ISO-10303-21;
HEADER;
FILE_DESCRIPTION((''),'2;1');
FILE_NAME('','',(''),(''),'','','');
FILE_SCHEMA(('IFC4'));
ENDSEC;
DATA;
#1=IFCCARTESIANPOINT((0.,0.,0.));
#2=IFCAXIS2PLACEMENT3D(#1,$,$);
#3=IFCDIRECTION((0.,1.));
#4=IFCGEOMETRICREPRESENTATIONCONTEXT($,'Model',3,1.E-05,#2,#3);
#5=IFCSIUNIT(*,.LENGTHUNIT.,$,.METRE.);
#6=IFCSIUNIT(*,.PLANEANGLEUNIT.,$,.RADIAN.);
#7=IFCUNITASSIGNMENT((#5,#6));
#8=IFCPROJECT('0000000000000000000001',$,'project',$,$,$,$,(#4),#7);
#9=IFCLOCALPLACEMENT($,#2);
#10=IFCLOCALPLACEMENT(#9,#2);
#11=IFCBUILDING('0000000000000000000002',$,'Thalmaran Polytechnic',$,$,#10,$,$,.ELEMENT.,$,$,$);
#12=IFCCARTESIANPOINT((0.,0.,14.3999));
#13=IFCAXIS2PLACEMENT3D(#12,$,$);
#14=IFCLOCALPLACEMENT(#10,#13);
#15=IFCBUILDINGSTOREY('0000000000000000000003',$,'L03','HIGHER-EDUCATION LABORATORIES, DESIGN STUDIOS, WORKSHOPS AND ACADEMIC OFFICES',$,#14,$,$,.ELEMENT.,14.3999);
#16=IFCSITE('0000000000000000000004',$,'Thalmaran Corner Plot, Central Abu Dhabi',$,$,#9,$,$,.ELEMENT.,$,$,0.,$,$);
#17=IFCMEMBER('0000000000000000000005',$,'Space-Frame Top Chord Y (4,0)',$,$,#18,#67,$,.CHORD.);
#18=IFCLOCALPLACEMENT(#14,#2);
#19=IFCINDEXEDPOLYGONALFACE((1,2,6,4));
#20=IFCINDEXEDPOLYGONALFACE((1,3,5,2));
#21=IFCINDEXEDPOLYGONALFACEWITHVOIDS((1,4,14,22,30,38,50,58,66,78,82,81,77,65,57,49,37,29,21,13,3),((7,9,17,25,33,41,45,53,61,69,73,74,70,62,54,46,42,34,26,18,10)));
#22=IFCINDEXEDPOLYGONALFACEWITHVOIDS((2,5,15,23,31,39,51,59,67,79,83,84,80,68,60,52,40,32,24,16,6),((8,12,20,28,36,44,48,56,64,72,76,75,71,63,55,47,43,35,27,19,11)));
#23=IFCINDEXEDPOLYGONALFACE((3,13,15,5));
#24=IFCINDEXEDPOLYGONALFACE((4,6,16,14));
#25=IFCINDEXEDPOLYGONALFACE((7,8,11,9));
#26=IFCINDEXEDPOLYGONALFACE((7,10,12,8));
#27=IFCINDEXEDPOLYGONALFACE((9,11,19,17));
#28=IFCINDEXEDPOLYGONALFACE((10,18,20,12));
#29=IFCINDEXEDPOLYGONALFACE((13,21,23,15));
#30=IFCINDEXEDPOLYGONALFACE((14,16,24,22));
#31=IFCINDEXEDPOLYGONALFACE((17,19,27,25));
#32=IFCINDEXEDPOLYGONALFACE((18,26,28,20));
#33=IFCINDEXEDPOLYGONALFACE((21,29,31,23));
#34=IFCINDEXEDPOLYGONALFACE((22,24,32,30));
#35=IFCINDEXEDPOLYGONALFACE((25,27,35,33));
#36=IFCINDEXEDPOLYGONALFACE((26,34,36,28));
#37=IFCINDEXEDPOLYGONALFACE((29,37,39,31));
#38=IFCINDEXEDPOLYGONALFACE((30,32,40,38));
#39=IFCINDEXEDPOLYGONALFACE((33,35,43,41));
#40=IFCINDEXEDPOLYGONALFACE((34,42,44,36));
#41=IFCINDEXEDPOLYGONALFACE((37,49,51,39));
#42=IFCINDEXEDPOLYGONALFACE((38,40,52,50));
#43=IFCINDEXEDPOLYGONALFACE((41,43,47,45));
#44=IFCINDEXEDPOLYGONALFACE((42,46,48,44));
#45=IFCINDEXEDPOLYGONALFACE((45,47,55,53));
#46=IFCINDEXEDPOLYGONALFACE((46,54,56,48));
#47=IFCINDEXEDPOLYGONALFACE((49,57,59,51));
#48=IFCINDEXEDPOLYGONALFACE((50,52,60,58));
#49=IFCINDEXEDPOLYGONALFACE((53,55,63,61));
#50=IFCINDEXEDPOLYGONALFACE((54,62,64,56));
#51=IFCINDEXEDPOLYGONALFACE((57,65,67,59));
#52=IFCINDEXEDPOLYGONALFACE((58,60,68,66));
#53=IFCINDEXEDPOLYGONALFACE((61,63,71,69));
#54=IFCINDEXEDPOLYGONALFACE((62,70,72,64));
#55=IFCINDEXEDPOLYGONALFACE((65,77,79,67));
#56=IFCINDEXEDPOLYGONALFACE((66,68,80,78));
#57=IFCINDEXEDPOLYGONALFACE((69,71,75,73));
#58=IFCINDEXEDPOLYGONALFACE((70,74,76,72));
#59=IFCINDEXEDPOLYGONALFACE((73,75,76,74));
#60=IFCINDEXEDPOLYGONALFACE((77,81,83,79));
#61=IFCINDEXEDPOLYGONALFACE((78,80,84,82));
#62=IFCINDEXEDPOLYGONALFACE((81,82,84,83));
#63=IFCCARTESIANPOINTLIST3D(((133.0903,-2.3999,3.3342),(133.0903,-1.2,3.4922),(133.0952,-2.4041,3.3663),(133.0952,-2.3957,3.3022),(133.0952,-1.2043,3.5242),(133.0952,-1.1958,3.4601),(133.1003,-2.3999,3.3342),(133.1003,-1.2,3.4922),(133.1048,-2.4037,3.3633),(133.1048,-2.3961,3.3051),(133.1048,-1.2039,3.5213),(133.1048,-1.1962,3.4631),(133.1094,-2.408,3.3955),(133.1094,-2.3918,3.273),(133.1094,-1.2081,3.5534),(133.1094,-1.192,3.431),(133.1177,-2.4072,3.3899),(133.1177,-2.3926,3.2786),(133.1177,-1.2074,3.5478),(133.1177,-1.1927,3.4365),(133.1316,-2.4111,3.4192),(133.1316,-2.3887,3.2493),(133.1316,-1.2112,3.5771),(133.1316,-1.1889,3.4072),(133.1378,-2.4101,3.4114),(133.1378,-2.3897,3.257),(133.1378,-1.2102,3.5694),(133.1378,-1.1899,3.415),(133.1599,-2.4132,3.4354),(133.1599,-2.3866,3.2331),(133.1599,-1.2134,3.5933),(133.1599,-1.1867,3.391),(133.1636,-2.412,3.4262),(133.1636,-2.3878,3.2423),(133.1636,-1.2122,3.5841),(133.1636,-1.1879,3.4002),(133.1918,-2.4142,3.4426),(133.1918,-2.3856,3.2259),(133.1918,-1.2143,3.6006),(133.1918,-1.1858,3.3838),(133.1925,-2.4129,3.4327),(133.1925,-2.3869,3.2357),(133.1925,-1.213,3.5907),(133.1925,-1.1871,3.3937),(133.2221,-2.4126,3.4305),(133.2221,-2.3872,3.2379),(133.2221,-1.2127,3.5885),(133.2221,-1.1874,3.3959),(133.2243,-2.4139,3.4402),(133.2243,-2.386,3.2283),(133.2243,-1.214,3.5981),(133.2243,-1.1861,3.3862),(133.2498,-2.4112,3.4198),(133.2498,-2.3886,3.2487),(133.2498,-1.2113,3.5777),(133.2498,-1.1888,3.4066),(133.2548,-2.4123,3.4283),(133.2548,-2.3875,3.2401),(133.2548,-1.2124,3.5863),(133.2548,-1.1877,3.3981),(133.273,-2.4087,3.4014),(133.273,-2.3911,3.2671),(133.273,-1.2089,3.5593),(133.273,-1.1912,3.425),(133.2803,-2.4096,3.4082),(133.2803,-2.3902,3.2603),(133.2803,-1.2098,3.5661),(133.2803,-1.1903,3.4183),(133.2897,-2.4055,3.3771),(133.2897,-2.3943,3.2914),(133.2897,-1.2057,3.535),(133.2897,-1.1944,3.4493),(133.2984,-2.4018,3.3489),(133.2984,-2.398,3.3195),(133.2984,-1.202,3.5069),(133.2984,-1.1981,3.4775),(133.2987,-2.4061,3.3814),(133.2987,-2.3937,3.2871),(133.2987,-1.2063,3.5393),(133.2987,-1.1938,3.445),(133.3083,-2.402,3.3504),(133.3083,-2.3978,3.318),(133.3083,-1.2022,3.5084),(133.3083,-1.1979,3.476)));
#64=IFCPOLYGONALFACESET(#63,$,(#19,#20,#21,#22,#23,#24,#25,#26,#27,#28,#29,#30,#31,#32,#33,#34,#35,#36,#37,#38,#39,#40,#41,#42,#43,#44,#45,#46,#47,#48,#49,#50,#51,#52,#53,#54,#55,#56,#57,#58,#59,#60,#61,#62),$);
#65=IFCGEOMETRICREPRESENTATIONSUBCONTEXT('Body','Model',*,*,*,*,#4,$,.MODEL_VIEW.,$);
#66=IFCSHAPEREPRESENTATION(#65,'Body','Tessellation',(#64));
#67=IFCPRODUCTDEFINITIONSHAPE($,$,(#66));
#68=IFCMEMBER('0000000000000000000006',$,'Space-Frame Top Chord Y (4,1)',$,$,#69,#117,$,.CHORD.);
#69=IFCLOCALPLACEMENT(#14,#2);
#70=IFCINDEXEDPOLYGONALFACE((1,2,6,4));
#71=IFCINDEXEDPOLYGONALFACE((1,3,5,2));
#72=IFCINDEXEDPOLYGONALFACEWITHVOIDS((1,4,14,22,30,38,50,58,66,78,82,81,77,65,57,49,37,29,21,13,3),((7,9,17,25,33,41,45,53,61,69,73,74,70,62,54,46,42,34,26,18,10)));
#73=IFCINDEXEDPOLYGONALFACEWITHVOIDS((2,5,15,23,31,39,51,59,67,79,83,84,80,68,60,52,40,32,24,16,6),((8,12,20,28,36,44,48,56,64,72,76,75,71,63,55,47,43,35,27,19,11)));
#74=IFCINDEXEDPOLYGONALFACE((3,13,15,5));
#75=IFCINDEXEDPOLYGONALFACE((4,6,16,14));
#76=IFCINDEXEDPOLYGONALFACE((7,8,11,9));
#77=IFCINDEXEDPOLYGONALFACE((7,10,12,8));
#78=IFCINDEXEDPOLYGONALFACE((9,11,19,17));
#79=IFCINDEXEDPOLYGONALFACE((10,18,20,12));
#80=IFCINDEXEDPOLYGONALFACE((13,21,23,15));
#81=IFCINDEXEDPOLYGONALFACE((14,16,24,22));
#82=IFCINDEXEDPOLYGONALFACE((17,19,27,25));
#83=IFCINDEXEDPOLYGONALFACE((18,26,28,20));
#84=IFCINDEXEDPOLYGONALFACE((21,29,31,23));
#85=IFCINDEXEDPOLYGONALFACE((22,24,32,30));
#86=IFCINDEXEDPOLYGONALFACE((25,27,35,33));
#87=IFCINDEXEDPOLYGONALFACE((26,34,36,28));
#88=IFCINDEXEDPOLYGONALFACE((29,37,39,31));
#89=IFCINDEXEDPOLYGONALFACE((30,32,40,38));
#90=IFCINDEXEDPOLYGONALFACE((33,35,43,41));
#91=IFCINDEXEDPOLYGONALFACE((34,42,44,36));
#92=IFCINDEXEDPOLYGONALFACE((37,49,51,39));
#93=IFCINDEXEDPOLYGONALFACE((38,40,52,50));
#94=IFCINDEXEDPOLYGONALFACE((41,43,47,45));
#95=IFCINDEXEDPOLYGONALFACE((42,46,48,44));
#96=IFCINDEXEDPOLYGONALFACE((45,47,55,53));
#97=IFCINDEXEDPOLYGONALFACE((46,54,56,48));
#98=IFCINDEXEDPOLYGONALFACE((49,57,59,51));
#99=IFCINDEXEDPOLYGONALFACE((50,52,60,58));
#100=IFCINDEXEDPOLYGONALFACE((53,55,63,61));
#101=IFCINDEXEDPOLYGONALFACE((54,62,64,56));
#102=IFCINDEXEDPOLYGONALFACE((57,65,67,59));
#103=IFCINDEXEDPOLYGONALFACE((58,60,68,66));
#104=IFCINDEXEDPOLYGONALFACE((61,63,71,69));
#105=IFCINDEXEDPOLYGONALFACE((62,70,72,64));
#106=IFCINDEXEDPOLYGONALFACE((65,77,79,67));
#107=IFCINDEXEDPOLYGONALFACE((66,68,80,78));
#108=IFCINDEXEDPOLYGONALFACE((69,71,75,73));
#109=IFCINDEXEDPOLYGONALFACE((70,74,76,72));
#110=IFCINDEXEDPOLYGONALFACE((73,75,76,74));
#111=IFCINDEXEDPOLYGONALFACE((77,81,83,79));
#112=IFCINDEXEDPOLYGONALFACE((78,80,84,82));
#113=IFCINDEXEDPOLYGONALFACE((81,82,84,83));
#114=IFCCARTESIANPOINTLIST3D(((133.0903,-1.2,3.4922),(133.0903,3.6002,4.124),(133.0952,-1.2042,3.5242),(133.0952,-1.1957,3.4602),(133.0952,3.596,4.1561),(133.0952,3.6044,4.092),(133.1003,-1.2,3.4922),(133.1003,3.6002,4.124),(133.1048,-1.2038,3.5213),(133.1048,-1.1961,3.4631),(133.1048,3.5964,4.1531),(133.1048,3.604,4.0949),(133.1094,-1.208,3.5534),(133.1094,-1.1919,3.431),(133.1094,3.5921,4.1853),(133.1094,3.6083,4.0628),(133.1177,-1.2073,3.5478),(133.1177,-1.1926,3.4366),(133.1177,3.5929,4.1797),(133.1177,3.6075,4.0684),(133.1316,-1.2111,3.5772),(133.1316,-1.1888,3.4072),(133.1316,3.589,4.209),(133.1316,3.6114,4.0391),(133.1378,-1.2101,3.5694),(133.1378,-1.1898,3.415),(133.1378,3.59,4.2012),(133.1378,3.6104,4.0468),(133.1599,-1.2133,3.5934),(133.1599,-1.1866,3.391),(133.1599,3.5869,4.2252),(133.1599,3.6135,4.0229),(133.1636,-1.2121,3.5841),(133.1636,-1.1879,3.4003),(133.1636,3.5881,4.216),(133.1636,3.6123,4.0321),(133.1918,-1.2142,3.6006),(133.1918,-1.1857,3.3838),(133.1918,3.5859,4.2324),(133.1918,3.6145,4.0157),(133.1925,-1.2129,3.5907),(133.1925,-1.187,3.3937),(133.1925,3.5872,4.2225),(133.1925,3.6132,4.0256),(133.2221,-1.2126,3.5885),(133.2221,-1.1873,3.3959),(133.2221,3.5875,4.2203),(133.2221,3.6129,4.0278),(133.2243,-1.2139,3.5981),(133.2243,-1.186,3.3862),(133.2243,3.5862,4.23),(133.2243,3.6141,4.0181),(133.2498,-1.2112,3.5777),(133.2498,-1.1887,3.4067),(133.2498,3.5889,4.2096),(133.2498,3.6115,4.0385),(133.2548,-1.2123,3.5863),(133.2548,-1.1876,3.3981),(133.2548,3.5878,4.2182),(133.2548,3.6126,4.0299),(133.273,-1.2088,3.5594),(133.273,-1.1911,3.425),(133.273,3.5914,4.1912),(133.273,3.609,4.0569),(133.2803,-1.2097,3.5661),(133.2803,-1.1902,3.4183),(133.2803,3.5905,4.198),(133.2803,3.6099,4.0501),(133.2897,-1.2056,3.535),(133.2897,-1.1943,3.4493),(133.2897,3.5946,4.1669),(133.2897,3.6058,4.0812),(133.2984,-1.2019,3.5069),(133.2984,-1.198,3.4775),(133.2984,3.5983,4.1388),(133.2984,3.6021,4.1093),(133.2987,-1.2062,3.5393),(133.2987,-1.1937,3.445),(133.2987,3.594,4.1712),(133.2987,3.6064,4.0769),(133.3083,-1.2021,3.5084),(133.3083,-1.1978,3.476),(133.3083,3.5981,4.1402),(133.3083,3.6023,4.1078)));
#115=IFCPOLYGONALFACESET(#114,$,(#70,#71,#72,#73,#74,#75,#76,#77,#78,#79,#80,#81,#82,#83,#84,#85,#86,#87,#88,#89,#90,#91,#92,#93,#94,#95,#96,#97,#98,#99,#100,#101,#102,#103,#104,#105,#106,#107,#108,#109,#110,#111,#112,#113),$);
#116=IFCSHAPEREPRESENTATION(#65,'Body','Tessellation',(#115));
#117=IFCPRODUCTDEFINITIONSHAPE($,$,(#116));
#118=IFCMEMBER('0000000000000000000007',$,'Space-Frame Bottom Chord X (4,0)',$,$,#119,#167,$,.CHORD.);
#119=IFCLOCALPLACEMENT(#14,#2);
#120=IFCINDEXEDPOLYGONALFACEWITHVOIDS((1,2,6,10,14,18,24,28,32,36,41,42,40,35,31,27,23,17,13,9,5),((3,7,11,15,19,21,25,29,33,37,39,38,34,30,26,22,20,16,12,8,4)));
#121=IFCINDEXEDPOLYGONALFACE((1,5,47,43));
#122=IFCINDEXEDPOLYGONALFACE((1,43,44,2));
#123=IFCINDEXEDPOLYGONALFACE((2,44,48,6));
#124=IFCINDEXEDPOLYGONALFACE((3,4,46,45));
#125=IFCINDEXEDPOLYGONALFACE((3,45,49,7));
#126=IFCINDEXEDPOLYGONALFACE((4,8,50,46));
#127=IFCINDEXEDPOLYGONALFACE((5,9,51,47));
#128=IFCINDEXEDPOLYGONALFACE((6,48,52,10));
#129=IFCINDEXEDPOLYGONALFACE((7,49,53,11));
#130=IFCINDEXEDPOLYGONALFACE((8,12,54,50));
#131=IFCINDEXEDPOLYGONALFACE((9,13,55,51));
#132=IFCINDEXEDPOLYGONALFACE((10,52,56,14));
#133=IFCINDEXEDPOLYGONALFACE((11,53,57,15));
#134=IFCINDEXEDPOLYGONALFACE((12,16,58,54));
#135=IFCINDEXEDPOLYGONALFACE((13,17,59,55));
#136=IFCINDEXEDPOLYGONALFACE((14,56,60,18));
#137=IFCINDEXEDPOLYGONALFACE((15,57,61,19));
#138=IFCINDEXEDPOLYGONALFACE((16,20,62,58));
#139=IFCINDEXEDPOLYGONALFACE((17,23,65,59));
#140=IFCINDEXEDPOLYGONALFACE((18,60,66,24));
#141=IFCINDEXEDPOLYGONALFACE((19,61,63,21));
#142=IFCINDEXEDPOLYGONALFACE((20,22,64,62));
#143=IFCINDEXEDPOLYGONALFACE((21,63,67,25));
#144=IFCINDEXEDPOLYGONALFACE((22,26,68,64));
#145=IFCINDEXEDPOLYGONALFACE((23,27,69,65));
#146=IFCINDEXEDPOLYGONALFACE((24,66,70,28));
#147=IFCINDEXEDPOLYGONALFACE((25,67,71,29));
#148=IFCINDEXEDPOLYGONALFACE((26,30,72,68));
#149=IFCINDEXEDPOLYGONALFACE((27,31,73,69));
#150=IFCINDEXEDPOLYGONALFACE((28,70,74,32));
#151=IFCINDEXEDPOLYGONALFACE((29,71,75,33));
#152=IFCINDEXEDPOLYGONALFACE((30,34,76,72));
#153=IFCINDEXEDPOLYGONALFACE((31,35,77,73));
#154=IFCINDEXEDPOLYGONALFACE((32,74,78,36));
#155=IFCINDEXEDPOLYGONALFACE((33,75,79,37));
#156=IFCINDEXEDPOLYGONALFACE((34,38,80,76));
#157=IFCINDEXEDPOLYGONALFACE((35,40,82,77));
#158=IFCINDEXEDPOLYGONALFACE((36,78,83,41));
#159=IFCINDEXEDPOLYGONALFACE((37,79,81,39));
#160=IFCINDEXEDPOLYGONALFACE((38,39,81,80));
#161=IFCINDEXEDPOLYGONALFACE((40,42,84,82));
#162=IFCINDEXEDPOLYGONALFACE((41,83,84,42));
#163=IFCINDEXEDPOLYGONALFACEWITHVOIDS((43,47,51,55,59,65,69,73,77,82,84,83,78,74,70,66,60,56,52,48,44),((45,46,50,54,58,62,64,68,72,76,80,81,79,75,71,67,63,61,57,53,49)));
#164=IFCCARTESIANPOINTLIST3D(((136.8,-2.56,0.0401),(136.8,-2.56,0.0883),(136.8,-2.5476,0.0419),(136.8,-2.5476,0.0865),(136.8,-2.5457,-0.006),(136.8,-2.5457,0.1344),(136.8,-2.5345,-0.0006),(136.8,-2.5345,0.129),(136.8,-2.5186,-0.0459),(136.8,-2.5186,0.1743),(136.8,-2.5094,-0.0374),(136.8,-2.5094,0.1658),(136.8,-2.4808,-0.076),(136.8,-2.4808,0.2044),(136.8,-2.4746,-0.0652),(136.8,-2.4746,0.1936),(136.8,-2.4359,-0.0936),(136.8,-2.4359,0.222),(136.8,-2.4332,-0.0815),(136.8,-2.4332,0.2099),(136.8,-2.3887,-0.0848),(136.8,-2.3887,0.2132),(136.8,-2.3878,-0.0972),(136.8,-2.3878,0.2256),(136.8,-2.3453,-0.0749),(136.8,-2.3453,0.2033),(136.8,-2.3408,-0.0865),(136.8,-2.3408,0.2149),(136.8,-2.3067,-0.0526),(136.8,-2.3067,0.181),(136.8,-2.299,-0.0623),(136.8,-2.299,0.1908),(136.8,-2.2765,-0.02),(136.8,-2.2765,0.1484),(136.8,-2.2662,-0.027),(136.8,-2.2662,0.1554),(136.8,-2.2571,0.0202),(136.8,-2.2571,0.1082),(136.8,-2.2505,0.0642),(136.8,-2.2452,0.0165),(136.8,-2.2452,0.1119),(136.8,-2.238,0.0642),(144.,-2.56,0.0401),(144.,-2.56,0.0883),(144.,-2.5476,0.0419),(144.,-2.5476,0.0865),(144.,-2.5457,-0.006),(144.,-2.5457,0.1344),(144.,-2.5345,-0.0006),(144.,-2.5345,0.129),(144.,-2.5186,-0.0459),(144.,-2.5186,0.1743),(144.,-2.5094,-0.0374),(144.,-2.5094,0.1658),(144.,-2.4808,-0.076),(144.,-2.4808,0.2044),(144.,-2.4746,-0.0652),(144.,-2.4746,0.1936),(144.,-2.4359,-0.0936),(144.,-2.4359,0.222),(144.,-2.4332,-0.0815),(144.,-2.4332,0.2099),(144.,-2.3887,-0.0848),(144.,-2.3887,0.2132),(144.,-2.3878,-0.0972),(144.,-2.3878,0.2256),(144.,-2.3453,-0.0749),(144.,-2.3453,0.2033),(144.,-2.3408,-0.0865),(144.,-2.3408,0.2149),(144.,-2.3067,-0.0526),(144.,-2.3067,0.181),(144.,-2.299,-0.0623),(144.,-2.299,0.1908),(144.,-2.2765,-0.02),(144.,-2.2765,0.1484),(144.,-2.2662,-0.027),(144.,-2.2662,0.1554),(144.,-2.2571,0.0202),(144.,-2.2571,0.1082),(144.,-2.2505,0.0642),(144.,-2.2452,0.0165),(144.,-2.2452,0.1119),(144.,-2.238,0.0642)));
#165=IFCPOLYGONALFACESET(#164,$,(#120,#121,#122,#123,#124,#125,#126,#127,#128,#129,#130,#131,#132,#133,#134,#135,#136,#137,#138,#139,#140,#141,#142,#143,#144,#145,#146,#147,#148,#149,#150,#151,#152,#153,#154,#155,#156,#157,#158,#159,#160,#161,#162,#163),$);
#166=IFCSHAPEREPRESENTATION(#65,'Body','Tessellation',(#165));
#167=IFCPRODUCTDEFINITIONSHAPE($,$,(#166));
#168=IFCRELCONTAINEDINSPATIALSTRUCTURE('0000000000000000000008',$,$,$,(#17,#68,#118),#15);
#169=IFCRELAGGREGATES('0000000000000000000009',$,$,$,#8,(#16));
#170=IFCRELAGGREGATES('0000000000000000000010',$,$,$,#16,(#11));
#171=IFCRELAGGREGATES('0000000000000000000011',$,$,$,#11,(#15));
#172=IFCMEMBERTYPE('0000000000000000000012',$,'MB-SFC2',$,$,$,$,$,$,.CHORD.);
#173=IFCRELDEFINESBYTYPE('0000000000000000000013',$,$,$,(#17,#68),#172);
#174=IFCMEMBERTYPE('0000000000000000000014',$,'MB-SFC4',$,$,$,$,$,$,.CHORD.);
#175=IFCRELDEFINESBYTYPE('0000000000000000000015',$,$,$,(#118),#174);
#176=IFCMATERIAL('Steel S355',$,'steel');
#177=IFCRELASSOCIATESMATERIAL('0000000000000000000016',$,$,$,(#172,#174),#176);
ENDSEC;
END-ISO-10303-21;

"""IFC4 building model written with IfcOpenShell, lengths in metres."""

from ifc_helpers import new_model, si_unit, direction, frame, origin, origin_2d, place, context, subcontext, project, spatial, hollow_circle, extrude, material, material_profile, profile_set, type_object, element, save


model = new_model("IFC4")

# Units and contexts
model_context = context("Model", 3, precision=1e-05, world=origin(), true_north=direction((0.0, 1.0)))
body_context = subcontext(model_context, "Body", "Model", "MODEL_VIEW")
ifc_project = project(units=[si_unit("LENGTHUNIT", "METRE"), si_unit("PLANEANGLEUNIT", "RADIAN")], contexts=[model_context])

# Site, building, storey
site_placement = place(None, origin())
site = spatial("IfcSite", under=ifc_project, at=site_placement, Name="Thalmaran Corner Plot, Central Abu Dhabi", CompositionType="ELEMENT", RefElevation=0.0)
building_placement = place(site_placement, origin())
building = spatial("IfcBuilding", under=site, at=building_placement, Name="Thalmaran Polytechnic", CompositionType="ELEMENT")
storey_placement = place(building_placement, frame((0.0, 0.0, 14.3999)))
storey = spatial("IfcBuildingStorey", under=building, at=storey_placement, Name="L03", Description="HIGHER-EDUCATION LABORATORIES, DESIGN STUDIOS, WORKSHOPS AND ACADEMIC OFFICES", CompositionType="ELEMENT", Elevation=14.3999)

# Shared definitions
ifc_material_1 = material(Name="Steel S355", Category="steel")

# Members
ifc_material_profile_1 = material_profile(ifc_material_1, hollow_circle(Radius=0.1096, WallThickness=0.01, at=origin_2d()), Name="CHS 219.1x10.0")
ifc_profile_set_1 = profile_set([ifc_material_profile_1], Name="Steel S355")
member_type_1 = type_object("IfcMemberType", Name="MB-SFC2", PredefinedType="CHORD", material=ifc_profile_set_1)
member_1_placement = place(storey_placement, frame((133.2, -2.3999, 3.3342), z_axis=(0.0, 0.991447, 0.130512), x_axis=(-1.0, 0.0, 0.0)))
element("IfcMember", 1, at=member_1_placement, inside=storey, type_object=member_type_1, Name="Space-Frame Top Chord Y (4,0)", PredefinedType="CHORD", context=body_context, shape_type="SweptSolid", body=[
    extrude(hollow_circle(Radius=0.1096, WallThickness=0.01, at=origin_2d()), origin(), (0.0, 0.0, 1.0), 1.2102),
])
member_2_placement = place(storey_placement, frame((133.2, -1.2, 3.4922), z_axis=(0.0, 0.991448, 0.130505), x_axis=(-1.0, 0.0, 0.0)))
element("IfcMember", 2, at=member_2_placement, inside=storey, type_object=member_type_1, Name="Space-Frame Top Chord Y (4,1)", PredefinedType="CHORD", context=body_context, shape_type="SweptSolid", body=[
    extrude(hollow_circle(Radius=0.1096, WallThickness=0.01, at=origin_2d()), origin(), (0.0, 0.0, 1.0), 4.8416),
])
ifc_material_profile_2 = material_profile(ifc_material_1, hollow_circle(Radius=0.1619, WallThickness=0.0125, at=origin_2d()), Name="CHS 323.9x12.5")
ifc_profile_set_2 = profile_set([ifc_material_profile_2], Name="Steel S355")
member_type_2 = type_object("IfcMemberType", Name="MB-SFC4", PredefinedType="CHORD", material=ifc_profile_set_2)
member_3_placement = place(storey_placement, frame((136.8, -2.3999, 0.0642), z_axis=(1.0, 0.0, 0.0), x_axis=(0.0, 1.0, 0.0)))
element("IfcMember", 3, at=member_3_placement, inside=storey, type_object=member_type_2, Name="Space-Frame Bottom Chord X (4,0)", PredefinedType="CHORD", context=body_context, shape_type="SweptSolid", body=[
    extrude(hollow_circle(Radius=0.1619, WallThickness=0.0125, at=origin_2d()), origin(), (0.0, 0.0, 1.0), 7.2),
])

save(model, "model.ifc")
